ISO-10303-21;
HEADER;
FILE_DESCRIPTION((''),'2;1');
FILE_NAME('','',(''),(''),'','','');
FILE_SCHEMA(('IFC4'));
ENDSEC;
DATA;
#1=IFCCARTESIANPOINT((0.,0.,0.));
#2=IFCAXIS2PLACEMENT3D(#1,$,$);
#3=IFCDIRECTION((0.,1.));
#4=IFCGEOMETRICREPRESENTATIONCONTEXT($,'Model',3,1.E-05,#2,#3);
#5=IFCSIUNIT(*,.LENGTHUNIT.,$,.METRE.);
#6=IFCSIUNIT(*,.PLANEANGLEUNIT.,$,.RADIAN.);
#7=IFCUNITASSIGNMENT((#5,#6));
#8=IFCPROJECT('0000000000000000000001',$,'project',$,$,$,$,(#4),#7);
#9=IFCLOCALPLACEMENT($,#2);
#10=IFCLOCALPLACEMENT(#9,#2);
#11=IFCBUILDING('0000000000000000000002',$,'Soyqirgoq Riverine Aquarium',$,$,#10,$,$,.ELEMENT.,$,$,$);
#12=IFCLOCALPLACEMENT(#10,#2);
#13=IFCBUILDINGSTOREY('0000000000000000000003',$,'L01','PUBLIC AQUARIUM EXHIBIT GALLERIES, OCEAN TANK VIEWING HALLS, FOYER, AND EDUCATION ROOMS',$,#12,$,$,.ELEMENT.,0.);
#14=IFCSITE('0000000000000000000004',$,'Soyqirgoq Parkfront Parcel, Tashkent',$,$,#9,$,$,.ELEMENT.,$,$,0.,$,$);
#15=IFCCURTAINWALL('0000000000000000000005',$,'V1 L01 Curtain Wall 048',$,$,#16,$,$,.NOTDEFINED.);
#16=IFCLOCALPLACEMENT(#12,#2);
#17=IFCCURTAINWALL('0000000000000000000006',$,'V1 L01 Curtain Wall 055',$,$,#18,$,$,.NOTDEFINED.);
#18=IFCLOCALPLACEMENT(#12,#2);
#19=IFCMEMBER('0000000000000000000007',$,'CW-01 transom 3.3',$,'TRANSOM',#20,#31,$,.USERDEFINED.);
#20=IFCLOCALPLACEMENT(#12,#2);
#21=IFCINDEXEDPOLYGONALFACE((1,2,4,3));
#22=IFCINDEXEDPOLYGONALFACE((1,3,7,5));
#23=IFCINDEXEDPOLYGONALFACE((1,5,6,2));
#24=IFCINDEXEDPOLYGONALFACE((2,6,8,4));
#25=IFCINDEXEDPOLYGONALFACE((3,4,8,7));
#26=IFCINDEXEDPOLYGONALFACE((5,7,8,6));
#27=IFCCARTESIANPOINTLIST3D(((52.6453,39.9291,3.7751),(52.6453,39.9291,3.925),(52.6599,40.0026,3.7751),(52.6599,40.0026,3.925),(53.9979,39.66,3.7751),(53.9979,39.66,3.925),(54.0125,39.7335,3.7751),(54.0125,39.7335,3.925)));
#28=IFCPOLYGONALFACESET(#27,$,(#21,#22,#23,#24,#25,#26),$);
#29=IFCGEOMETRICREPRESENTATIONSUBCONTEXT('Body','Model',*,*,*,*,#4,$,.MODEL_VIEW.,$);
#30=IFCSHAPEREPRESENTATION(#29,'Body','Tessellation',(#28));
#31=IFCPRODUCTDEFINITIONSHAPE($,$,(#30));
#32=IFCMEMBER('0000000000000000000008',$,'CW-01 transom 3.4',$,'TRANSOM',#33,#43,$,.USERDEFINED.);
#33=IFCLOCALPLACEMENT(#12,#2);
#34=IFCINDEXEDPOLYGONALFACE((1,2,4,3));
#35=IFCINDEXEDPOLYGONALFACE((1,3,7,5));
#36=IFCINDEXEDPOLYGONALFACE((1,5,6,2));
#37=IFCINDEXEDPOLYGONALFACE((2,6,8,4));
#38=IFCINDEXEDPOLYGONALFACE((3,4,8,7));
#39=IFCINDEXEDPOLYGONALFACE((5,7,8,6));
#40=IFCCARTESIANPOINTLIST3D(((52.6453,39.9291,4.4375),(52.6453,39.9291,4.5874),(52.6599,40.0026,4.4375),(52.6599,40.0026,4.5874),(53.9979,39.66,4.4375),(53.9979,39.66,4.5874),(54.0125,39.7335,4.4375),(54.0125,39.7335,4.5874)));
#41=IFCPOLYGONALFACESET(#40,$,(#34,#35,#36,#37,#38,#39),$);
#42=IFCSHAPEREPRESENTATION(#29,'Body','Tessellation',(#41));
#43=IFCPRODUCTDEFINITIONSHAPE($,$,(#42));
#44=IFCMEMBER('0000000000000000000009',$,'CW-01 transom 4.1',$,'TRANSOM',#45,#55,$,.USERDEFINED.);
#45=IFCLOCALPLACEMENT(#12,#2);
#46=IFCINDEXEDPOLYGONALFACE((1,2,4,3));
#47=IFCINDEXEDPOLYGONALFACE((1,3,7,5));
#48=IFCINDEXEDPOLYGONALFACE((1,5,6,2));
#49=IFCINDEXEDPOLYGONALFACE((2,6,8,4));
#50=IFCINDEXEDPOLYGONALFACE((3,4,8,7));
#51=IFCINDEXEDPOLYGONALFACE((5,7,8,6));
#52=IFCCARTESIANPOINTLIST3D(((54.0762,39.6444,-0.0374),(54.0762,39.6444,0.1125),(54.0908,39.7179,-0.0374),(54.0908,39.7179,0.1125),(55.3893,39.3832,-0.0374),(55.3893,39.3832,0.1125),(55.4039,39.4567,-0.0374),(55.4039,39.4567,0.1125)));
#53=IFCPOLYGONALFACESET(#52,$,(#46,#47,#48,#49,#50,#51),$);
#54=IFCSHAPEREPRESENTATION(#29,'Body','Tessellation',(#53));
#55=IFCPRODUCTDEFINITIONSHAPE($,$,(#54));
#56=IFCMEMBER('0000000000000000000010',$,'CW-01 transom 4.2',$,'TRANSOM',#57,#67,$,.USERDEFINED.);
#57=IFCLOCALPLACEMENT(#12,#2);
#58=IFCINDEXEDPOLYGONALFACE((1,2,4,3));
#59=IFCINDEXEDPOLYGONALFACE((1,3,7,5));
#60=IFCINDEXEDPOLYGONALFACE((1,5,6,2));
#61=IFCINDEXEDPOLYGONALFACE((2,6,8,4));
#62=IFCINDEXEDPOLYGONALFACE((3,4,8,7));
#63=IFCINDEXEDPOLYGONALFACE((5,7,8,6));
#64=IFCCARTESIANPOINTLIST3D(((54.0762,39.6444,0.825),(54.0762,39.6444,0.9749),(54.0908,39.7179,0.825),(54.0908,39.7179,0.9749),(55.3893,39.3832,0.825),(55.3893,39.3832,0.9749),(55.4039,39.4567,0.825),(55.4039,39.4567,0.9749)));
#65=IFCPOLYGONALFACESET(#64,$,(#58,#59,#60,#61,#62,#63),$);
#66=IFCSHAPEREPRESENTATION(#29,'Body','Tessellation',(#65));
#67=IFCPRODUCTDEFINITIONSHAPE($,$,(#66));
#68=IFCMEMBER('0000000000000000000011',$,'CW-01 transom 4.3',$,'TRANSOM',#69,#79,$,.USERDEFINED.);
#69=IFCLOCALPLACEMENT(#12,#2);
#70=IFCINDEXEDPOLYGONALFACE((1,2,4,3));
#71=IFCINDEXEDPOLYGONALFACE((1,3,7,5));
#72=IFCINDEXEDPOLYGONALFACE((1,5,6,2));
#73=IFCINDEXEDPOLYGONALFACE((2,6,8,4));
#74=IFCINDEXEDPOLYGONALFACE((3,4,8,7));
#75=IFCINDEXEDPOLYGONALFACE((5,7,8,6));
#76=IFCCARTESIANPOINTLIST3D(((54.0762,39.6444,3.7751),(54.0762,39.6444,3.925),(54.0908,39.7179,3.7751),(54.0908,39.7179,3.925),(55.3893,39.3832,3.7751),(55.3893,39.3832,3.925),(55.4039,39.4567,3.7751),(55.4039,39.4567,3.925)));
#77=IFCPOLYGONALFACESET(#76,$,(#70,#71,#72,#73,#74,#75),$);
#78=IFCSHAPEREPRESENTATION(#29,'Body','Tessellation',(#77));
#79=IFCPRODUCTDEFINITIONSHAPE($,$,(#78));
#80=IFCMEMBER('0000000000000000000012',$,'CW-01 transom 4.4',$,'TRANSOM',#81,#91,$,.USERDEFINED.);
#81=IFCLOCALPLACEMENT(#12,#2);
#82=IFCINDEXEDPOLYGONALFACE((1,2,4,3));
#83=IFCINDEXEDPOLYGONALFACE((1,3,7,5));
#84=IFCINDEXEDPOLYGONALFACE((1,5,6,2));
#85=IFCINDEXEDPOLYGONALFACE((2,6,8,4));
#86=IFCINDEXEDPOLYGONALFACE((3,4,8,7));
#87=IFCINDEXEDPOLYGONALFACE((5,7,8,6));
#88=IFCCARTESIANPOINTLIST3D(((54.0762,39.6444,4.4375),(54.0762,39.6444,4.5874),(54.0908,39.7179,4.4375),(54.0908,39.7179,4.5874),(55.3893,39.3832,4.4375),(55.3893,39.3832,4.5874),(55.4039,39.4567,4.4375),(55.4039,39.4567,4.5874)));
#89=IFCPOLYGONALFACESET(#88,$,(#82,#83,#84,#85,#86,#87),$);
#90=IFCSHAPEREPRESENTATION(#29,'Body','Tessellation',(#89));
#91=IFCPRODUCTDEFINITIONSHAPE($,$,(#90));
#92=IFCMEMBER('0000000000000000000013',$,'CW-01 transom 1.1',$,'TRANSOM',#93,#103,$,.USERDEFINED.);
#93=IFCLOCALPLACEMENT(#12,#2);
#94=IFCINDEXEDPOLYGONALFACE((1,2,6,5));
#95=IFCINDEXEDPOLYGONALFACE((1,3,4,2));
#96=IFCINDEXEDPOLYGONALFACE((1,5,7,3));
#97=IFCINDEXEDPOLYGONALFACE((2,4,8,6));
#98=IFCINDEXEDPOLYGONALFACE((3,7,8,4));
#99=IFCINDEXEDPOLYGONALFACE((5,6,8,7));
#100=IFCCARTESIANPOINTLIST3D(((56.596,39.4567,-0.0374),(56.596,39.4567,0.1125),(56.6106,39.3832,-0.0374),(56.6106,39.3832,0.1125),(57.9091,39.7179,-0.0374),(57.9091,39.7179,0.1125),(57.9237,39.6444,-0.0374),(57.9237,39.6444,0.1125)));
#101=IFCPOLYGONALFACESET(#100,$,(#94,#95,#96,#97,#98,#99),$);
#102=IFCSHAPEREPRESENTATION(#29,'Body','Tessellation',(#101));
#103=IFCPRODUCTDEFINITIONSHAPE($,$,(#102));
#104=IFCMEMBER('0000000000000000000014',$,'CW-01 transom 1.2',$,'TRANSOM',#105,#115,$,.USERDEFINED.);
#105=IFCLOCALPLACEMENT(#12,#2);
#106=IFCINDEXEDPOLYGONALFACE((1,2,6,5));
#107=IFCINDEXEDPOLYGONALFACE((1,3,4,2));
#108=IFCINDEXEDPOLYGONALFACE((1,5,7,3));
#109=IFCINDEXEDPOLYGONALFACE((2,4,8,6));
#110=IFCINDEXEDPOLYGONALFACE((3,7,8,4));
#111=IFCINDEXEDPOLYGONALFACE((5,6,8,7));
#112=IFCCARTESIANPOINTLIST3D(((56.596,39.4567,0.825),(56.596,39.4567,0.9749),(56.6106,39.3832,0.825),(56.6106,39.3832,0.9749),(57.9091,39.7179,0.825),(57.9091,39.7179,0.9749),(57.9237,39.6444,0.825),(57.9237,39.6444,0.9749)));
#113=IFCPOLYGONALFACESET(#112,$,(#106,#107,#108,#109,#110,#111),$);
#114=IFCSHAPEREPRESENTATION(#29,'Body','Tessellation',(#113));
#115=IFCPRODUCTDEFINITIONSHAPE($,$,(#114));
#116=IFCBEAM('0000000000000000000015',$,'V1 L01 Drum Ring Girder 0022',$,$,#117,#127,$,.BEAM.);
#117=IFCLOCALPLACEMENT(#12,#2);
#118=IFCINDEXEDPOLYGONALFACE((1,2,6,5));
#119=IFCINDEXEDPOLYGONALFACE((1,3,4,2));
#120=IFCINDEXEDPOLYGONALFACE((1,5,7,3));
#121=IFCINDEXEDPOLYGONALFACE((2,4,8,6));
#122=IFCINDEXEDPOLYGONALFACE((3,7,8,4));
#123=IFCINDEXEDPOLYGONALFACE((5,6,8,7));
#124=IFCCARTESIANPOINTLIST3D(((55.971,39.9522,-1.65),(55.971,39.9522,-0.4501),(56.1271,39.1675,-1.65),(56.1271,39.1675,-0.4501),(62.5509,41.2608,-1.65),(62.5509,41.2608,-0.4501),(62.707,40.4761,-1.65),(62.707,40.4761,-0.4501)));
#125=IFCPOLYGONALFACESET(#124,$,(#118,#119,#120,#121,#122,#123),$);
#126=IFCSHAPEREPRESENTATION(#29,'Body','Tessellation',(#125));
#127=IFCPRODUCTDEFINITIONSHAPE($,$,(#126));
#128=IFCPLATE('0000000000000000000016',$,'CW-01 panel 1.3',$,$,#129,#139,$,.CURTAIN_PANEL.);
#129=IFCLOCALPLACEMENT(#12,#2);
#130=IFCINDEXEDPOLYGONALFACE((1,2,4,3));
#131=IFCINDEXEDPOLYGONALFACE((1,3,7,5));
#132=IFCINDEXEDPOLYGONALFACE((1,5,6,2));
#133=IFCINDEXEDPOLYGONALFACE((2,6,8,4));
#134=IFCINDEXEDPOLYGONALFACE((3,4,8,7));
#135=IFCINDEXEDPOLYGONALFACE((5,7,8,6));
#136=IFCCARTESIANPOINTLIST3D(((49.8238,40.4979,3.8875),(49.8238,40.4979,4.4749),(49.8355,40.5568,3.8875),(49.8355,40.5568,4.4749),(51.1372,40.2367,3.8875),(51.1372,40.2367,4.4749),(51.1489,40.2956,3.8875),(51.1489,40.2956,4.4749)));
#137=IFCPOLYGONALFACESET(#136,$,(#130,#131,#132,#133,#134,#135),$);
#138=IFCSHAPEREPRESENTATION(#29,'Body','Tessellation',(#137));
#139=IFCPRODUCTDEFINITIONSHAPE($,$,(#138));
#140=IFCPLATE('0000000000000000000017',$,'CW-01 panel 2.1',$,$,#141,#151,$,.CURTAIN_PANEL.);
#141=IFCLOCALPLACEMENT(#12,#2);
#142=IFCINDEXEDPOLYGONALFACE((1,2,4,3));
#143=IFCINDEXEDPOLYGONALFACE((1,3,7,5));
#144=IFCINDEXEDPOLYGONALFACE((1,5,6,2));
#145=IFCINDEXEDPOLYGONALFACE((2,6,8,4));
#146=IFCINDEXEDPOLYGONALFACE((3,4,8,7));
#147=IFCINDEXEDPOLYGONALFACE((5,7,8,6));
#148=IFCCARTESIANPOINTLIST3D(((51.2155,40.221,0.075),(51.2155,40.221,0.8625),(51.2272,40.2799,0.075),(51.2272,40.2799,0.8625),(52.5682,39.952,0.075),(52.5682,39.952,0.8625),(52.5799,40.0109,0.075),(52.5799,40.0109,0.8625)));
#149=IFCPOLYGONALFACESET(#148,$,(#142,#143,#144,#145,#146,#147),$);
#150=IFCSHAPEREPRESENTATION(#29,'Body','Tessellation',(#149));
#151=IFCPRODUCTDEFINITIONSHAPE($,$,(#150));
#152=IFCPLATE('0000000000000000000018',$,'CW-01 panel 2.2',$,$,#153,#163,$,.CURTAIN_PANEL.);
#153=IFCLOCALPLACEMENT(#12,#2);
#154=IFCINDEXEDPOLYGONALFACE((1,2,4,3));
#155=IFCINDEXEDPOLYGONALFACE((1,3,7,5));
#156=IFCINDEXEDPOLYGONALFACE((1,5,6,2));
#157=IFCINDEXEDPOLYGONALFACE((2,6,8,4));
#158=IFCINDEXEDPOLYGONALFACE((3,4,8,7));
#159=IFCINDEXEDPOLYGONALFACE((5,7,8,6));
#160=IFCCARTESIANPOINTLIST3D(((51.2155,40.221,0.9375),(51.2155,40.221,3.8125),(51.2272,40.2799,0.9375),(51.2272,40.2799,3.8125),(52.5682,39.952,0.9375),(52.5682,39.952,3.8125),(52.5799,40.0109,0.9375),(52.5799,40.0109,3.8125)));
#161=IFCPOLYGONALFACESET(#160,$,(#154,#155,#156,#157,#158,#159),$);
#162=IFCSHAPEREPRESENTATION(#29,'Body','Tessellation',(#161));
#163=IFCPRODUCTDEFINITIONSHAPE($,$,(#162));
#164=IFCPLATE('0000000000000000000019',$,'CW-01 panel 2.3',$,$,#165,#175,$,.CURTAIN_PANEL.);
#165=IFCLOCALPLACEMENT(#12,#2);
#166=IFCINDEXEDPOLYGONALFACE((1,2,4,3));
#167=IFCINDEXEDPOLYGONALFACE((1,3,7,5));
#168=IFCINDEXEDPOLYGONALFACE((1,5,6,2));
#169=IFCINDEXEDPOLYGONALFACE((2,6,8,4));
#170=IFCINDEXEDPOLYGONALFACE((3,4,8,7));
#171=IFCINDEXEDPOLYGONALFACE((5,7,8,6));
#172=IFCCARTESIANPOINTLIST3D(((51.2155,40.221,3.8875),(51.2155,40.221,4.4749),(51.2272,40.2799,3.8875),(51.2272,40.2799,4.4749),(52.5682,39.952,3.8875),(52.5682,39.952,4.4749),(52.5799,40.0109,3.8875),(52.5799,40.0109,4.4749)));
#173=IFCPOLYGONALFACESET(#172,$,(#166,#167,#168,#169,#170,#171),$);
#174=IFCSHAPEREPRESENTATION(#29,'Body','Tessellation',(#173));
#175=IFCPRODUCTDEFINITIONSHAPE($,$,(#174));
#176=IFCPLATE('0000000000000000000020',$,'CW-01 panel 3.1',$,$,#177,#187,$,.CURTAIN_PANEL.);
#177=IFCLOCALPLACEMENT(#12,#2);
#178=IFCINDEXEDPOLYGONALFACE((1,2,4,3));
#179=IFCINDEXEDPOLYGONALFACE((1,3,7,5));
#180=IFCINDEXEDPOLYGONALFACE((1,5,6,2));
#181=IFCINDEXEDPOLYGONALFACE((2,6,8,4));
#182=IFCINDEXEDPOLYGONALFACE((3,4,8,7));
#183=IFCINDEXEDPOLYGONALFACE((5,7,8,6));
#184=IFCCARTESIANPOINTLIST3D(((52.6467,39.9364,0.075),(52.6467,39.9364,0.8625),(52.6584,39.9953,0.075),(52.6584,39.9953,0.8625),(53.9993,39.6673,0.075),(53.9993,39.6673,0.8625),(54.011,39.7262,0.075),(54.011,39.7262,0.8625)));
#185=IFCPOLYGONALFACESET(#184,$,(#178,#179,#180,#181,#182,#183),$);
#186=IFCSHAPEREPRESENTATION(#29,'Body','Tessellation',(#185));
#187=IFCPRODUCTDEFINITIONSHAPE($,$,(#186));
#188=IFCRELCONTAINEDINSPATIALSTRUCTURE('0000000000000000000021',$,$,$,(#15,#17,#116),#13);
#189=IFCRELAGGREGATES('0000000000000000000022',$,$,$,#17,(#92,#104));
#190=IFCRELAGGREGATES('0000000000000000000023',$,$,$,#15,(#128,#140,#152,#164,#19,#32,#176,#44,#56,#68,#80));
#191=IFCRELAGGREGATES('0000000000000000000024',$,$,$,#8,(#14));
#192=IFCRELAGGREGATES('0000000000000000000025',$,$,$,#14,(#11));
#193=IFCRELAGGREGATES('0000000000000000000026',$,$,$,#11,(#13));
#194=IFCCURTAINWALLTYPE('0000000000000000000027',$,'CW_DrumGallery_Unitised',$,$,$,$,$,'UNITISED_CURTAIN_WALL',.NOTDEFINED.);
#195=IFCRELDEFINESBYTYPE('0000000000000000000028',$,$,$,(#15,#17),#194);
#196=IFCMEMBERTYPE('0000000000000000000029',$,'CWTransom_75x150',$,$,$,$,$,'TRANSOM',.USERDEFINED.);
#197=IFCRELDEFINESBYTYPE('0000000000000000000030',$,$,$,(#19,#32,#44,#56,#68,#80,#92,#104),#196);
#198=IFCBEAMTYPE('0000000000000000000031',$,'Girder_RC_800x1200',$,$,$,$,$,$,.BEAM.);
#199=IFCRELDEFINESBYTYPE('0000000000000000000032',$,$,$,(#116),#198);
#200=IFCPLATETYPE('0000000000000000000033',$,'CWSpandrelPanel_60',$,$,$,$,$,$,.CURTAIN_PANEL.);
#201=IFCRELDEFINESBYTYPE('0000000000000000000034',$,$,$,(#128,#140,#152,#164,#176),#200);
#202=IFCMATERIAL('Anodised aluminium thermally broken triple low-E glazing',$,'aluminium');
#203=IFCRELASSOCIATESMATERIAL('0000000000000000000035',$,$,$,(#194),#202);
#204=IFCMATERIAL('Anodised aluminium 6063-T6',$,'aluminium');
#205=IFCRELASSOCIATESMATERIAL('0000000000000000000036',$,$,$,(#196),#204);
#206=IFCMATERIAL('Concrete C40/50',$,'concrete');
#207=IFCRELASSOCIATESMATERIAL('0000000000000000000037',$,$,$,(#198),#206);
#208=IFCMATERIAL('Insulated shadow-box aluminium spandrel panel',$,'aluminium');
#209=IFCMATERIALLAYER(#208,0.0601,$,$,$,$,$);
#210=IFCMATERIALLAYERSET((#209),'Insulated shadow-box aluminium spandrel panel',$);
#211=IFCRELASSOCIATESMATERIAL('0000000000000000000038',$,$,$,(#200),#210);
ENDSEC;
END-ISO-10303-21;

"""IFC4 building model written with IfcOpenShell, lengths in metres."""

from ifc_helpers import new_model, si_unit, direction, frame, origin, origin_2d, place, context, subcontext, project, spatial, rectangle, extrude, material, layer, layer_set, material_profile, profile_set, type_object, element, aggregate, save


model = new_model("IFC4")

# Units and contexts
model_context = context("Model", 3, precision=1e-05, world=origin(), true_north=direction((0.0, 1.0)))
body_context = subcontext(model_context, "Body", "Model", "MODEL_VIEW")
ifc_project = project(units=[si_unit("LENGTHUNIT", "METRE"), si_unit("PLANEANGLEUNIT", "RADIAN")], contexts=[model_context])

# Site, building, storey
site_placement = place(None, origin())
site = spatial("IfcSite", under=ifc_project, at=site_placement, Name="Soyqirgoq Parkfront Parcel, Tashkent", CompositionType="ELEMENT", RefElevation=0.0)
building_placement = place(site_placement, origin())
building = spatial("IfcBuilding", under=site, at=building_placement, Name="Soyqirgoq Riverine Aquarium", CompositionType="ELEMENT")
storey_placement = place(building_placement, origin())
storey = spatial("IfcBuildingStorey", under=building, at=storey_placement, Name="L01", Description="PUBLIC AQUARIUM EXHIBIT GALLERIES, OCEAN TANK VIEWING HALLS, FOYER, AND EDUCATION ROOMS", CompositionType="ELEMENT", Elevation=0.0)

# Curtain wall
ifc_material_1 = material(Name="Anodised aluminium thermally broken triple low-E glazing", Category="aluminium")
curtain_wall_type = type_object("IfcCurtainWallType", Name="CW_DrumGallery_Unitised", ElementType="UNITISED_CURTAIN_WALL", PredefinedType="NOTDEFINED", material=ifc_material_1)
curtain_wall_1_placement = place(storey_placement, origin())
curtain_wall_1 = element("IfcCurtainWall", 1, at=curtain_wall_1_placement, inside=storey, type_object=curtain_wall_type, Name="V1 L01 Curtain Wall 048", PredefinedType="NOTDEFINED")

# Curtain wall
curtain_wall_2_placement = place(storey_placement, origin())
curtain_wall_2 = element("IfcCurtainWall", 2, at=curtain_wall_2_placement, inside=storey, type_object=curtain_wall_type, Name="V1 L01 Curtain Wall 055", PredefinedType="NOTDEFINED")

# Members
ifc_material_2 = material(Name="Anodised aluminium 6063-T6", Category="aluminium")
ifc_material_profile_1 = material_profile(ifc_material_2, rectangle(XDim=0.075, YDim=0.1499, at=origin_2d()), Name="ALU-T 75x150")
ifc_profile_set_1 = profile_set([ifc_material_profile_1], Name="Anodised aluminium 6063-T6")
member_type_1 = type_object("IfcMemberType", Name="CWTransom_75x150", ElementType="TRANSOM", PredefinedType="USERDEFINED", material=ifc_profile_set_1)
member_1_placement = place(storey_placement, frame((52.6526, 39.9658, 3.8501), z_axis=(0.980784, -0.195095, 0.0), x_axis=(0.195095, 0.980784, 0.0)))
member_1 = element("IfcMember", 3, at=member_1_placement, type_object=member_type_1, Name="CW-01 transom 3.3", ObjectType="TRANSOM", PredefinedType="USERDEFINED", context=body_context, shape_type="SweptSolid", body=[
    extrude(rectangle(XDim=0.075, YDim=0.1499, at=origin_2d()), origin(), (0.0, 0.0, 1.0), 1.3792),
])
member_2_placement = place(storey_placement, frame((52.6526, 39.9658, 4.5125), z_axis=(0.980784, -0.195095, 0.0), x_axis=(0.195095, 0.980784, 0.0)))
member_2 = element("IfcMember", 4, at=member_2_placement, type_object=member_type_1, Name="CW-01 transom 3.4", ObjectType="TRANSOM", PredefinedType="USERDEFINED", context=body_context, shape_type="SweptSolid", body=[
    extrude(rectangle(XDim=0.075, YDim=0.1499, at=origin_2d()), origin(), (0.0, 0.0, 1.0), 1.3792),
])
member_3_placement = place(storey_placement, frame((54.0835, 39.6812, 0.0376), z_axis=(0.980784, -0.195099, 0.0), x_axis=(0.195099, 0.980784, 0.0)))
member_3 = element("IfcMember", 5, at=member_3_placement, type_object=member_type_1, Name="CW-01 transom 4.1", ObjectType="TRANSOM", PredefinedType="USERDEFINED", context=body_context, shape_type="SweptSolid", body=[
    extrude(rectangle(XDim=0.075, YDim=0.1499, at=origin_2d()), origin(), (0.0, 0.0, 1.0), 1.3389),
])
member_4_placement = place(storey_placement, frame((54.0835, 39.6812, 0.8999), z_axis=(0.980784, -0.195099, 0.0), x_axis=(0.195099, 0.980784, 0.0)))
member_4 = element("IfcMember", 6, at=member_4_placement, type_object=member_type_1, Name="CW-01 transom 4.2", ObjectType="TRANSOM", PredefinedType="USERDEFINED", context=body_context, shape_type="SweptSolid", body=[
    extrude(rectangle(XDim=0.075, YDim=0.1499, at=origin_2d()), origin(), (0.0, 0.0, 1.0), 1.3389),
])
member_5_placement = place(storey_placement, frame((54.0835, 39.6812, 3.8501), z_axis=(0.980784, -0.195099, 0.0), x_axis=(0.195099, 0.980784, 0.0)))
member_5 = element("IfcMember", 7, at=member_5_placement, type_object=member_type_1, Name="CW-01 transom 4.3", ObjectType="TRANSOM", PredefinedType="USERDEFINED", context=body_context, shape_type="SweptSolid", body=[
    extrude(rectangle(XDim=0.075, YDim=0.1499, at=origin_2d()), origin(), (0.0, 0.0, 1.0), 1.3389),
])
member_6_placement = place(storey_placement, frame((54.0835, 39.6812, 4.5125), z_axis=(0.980784, -0.195099, 0.0), x_axis=(0.195099, 0.980784, 0.0)))
member_6 = element("IfcMember", 8, at=member_6_placement, type_object=member_type_1, Name="CW-01 transom 4.4", ObjectType="TRANSOM", PredefinedType="USERDEFINED", context=body_context, shape_type="SweptSolid", body=[
    extrude(rectangle(XDim=0.075, YDim=0.1499, at=origin_2d()), origin(), (0.0, 0.0, 1.0), 1.3389),
])
member_7_placement = place(storey_placement, frame((56.6033, 39.4199, 0.0376), z_axis=(0.980784, 0.195099, 0.0), x_axis=(-0.195099, 0.980784, 0.0)))
member_7 = element("IfcMember", 9, at=member_7_placement, type_object=member_type_1, Name="CW-01 transom 1.1", ObjectType="TRANSOM", PredefinedType="USERDEFINED", context=body_context, shape_type="SweptSolid", body=[
    extrude(rectangle(XDim=0.075, YDim=0.1499, at=origin_2d()), origin(), (0.0, 0.0, 1.0), 1.3389),
])
member_8_placement = place(storey_placement, frame((56.6033, 39.4199, 0.8999), z_axis=(0.980784, 0.195099, 0.0), x_axis=(-0.195099, 0.980784, 0.0)))
member_8 = element("IfcMember", 10, at=member_8_placement, type_object=member_type_1, Name="CW-01 transom 1.2", ObjectType="TRANSOM", PredefinedType="USERDEFINED", context=body_context, shape_type="SweptSolid", body=[
    extrude(rectangle(XDim=0.075, YDim=0.1499, at=origin_2d()), origin(), (0.0, 0.0, 1.0), 1.3389),
])
aggregate(curtain_wall_2, [member_7, member_8])

# Beam
ifc_material_3 = material(Name="Concrete C40/50", Category="concrete")
ifc_material_profile_2 = material_profile(ifc_material_3, rectangle(XDim=0.8, YDim=1.2, at=origin_2d()), Name="RC 800x1200")
ifc_profile_set_2 = profile_set([ifc_material_profile_2], Name="Concrete C40/50")
beam_type = type_object("IfcBeamType", Name="Girder_RC_800x1200", PredefinedType="BEAM", material=ifc_profile_set_2)
beam_placement = place(storey_placement, frame((56.0491, 39.5598, -1.05), z_axis=(0.980791, 0.195059, 0.0), x_axis=(-0.195059, 0.980791, 0.0)))
element("IfcBeam", 11, at=beam_placement, inside=storey, type_object=beam_type, Name="V1 L01 Drum Ring Girder 0022", PredefinedType="BEAM", context=body_context, shape_type="SweptSolid", body=[
    extrude(rectangle(XDim=0.8, YDim=1.2, at=origin_2d()), origin(), (0.0, 0.0, 1.0), 6.7087),
])

# Plates
ifc_material_4 = material(Name="Insulated shadow-box aluminium spandrel panel", Category="aluminium")
ifc_layer_1 = layer(ifc_material_4, 0.0601)
ifc_layer_set_1 = layer_set([ifc_layer_1], Name="Insulated shadow-box aluminium spandrel panel")
plate_type = type_object("IfcPlateType", Name="CWSpandrelPanel_60", PredefinedType="CURTAIN_PANEL", material=ifc_layer_set_1)
plate_1_placement = place(storey_placement, frame((50.4863, 40.3967, 3.8875), z_axis=(0.0, 0.0, 1.0), x_axis=(0.980788, -0.195075, 0.0)))
plate_1 = element("IfcPlate", 12, at=plate_1_placement, type_object=plate_type, Name="CW-01 panel 1.3", PredefinedType="CURTAIN_PANEL", context=body_context, shape_type="SweptSolid", body=[
    extrude(rectangle(XDim=1.3391, YDim=0.0601, at=origin_2d()), origin(), (0.0, 0.0, 1.0), 0.5874),
])
plate_2_placement = place(storey_placement, frame((51.8977, 40.116, 0.075), z_axis=(0.0, 0.0, 1.0), x_axis=(0.980788, -0.195075, 0.0)))
plate_2 = element("IfcPlate", 13, at=plate_2_placement, type_object=plate_type, Name="CW-01 panel 2.1", PredefinedType="CURTAIN_PANEL", context=body_context, shape_type="SweptSolid", body=[
    extrude(rectangle(XDim=1.3792, YDim=0.0601, at=origin_2d()), origin(), (0.0, 0.0, 1.0), 0.7876),
])
plate_3_placement = place(storey_placement, frame((51.8977, 40.116, 0.9375), z_axis=(0.0, 0.0, 1.0), x_axis=(0.980788, -0.195075, 0.0)))
plate_3 = element("IfcPlate", 14, at=plate_3_placement, type_object=plate_type, Name="CW-01 panel 2.2", PredefinedType="CURTAIN_PANEL", context=body_context, shape_type="SweptSolid", body=[
    extrude(rectangle(XDim=1.3792, YDim=0.0601, at=origin_2d()), origin(), (0.0, 0.0, 1.0), 2.875),
])
plate_4_placement = place(storey_placement, frame((51.8977, 40.116, 3.8875), z_axis=(0.0, 0.0, 1.0), x_axis=(0.980788, -0.195075, 0.0)))
plate_4 = element("IfcPlate", 15, at=plate_4_placement, type_object=plate_type, Name="CW-01 panel 2.3", PredefinedType="CURTAIN_PANEL", context=body_context, shape_type="SweptSolid", body=[
    extrude(rectangle(XDim=1.3792, YDim=0.0601, at=origin_2d()), origin(), (0.0, 0.0, 1.0), 0.5874),
])
plate_5_placement = place(storey_placement, frame((53.3289, 39.8313, 0.075), z_axis=(0.0, 0.0, 1.0), x_axis=(0.980788, -0.195075, 0.0)))
plate_5 = element("IfcPlate", 16, at=plate_5_placement, type_object=plate_type, Name="CW-01 panel 3.1", PredefinedType="CURTAIN_PANEL", context=body_context, shape_type="SweptSolid", body=[
    extrude(rectangle(XDim=1.3792, YDim=0.0601, at=origin_2d()), origin(), (0.0, 0.0, 1.0), 0.7876),
])
aggregate(curtain_wall_1, [plate_1, plate_2, plate_3, plate_4, member_1, member_2, plate_5, member_3, member_4, member_5, member_6])

save(model, "model.ifc")
